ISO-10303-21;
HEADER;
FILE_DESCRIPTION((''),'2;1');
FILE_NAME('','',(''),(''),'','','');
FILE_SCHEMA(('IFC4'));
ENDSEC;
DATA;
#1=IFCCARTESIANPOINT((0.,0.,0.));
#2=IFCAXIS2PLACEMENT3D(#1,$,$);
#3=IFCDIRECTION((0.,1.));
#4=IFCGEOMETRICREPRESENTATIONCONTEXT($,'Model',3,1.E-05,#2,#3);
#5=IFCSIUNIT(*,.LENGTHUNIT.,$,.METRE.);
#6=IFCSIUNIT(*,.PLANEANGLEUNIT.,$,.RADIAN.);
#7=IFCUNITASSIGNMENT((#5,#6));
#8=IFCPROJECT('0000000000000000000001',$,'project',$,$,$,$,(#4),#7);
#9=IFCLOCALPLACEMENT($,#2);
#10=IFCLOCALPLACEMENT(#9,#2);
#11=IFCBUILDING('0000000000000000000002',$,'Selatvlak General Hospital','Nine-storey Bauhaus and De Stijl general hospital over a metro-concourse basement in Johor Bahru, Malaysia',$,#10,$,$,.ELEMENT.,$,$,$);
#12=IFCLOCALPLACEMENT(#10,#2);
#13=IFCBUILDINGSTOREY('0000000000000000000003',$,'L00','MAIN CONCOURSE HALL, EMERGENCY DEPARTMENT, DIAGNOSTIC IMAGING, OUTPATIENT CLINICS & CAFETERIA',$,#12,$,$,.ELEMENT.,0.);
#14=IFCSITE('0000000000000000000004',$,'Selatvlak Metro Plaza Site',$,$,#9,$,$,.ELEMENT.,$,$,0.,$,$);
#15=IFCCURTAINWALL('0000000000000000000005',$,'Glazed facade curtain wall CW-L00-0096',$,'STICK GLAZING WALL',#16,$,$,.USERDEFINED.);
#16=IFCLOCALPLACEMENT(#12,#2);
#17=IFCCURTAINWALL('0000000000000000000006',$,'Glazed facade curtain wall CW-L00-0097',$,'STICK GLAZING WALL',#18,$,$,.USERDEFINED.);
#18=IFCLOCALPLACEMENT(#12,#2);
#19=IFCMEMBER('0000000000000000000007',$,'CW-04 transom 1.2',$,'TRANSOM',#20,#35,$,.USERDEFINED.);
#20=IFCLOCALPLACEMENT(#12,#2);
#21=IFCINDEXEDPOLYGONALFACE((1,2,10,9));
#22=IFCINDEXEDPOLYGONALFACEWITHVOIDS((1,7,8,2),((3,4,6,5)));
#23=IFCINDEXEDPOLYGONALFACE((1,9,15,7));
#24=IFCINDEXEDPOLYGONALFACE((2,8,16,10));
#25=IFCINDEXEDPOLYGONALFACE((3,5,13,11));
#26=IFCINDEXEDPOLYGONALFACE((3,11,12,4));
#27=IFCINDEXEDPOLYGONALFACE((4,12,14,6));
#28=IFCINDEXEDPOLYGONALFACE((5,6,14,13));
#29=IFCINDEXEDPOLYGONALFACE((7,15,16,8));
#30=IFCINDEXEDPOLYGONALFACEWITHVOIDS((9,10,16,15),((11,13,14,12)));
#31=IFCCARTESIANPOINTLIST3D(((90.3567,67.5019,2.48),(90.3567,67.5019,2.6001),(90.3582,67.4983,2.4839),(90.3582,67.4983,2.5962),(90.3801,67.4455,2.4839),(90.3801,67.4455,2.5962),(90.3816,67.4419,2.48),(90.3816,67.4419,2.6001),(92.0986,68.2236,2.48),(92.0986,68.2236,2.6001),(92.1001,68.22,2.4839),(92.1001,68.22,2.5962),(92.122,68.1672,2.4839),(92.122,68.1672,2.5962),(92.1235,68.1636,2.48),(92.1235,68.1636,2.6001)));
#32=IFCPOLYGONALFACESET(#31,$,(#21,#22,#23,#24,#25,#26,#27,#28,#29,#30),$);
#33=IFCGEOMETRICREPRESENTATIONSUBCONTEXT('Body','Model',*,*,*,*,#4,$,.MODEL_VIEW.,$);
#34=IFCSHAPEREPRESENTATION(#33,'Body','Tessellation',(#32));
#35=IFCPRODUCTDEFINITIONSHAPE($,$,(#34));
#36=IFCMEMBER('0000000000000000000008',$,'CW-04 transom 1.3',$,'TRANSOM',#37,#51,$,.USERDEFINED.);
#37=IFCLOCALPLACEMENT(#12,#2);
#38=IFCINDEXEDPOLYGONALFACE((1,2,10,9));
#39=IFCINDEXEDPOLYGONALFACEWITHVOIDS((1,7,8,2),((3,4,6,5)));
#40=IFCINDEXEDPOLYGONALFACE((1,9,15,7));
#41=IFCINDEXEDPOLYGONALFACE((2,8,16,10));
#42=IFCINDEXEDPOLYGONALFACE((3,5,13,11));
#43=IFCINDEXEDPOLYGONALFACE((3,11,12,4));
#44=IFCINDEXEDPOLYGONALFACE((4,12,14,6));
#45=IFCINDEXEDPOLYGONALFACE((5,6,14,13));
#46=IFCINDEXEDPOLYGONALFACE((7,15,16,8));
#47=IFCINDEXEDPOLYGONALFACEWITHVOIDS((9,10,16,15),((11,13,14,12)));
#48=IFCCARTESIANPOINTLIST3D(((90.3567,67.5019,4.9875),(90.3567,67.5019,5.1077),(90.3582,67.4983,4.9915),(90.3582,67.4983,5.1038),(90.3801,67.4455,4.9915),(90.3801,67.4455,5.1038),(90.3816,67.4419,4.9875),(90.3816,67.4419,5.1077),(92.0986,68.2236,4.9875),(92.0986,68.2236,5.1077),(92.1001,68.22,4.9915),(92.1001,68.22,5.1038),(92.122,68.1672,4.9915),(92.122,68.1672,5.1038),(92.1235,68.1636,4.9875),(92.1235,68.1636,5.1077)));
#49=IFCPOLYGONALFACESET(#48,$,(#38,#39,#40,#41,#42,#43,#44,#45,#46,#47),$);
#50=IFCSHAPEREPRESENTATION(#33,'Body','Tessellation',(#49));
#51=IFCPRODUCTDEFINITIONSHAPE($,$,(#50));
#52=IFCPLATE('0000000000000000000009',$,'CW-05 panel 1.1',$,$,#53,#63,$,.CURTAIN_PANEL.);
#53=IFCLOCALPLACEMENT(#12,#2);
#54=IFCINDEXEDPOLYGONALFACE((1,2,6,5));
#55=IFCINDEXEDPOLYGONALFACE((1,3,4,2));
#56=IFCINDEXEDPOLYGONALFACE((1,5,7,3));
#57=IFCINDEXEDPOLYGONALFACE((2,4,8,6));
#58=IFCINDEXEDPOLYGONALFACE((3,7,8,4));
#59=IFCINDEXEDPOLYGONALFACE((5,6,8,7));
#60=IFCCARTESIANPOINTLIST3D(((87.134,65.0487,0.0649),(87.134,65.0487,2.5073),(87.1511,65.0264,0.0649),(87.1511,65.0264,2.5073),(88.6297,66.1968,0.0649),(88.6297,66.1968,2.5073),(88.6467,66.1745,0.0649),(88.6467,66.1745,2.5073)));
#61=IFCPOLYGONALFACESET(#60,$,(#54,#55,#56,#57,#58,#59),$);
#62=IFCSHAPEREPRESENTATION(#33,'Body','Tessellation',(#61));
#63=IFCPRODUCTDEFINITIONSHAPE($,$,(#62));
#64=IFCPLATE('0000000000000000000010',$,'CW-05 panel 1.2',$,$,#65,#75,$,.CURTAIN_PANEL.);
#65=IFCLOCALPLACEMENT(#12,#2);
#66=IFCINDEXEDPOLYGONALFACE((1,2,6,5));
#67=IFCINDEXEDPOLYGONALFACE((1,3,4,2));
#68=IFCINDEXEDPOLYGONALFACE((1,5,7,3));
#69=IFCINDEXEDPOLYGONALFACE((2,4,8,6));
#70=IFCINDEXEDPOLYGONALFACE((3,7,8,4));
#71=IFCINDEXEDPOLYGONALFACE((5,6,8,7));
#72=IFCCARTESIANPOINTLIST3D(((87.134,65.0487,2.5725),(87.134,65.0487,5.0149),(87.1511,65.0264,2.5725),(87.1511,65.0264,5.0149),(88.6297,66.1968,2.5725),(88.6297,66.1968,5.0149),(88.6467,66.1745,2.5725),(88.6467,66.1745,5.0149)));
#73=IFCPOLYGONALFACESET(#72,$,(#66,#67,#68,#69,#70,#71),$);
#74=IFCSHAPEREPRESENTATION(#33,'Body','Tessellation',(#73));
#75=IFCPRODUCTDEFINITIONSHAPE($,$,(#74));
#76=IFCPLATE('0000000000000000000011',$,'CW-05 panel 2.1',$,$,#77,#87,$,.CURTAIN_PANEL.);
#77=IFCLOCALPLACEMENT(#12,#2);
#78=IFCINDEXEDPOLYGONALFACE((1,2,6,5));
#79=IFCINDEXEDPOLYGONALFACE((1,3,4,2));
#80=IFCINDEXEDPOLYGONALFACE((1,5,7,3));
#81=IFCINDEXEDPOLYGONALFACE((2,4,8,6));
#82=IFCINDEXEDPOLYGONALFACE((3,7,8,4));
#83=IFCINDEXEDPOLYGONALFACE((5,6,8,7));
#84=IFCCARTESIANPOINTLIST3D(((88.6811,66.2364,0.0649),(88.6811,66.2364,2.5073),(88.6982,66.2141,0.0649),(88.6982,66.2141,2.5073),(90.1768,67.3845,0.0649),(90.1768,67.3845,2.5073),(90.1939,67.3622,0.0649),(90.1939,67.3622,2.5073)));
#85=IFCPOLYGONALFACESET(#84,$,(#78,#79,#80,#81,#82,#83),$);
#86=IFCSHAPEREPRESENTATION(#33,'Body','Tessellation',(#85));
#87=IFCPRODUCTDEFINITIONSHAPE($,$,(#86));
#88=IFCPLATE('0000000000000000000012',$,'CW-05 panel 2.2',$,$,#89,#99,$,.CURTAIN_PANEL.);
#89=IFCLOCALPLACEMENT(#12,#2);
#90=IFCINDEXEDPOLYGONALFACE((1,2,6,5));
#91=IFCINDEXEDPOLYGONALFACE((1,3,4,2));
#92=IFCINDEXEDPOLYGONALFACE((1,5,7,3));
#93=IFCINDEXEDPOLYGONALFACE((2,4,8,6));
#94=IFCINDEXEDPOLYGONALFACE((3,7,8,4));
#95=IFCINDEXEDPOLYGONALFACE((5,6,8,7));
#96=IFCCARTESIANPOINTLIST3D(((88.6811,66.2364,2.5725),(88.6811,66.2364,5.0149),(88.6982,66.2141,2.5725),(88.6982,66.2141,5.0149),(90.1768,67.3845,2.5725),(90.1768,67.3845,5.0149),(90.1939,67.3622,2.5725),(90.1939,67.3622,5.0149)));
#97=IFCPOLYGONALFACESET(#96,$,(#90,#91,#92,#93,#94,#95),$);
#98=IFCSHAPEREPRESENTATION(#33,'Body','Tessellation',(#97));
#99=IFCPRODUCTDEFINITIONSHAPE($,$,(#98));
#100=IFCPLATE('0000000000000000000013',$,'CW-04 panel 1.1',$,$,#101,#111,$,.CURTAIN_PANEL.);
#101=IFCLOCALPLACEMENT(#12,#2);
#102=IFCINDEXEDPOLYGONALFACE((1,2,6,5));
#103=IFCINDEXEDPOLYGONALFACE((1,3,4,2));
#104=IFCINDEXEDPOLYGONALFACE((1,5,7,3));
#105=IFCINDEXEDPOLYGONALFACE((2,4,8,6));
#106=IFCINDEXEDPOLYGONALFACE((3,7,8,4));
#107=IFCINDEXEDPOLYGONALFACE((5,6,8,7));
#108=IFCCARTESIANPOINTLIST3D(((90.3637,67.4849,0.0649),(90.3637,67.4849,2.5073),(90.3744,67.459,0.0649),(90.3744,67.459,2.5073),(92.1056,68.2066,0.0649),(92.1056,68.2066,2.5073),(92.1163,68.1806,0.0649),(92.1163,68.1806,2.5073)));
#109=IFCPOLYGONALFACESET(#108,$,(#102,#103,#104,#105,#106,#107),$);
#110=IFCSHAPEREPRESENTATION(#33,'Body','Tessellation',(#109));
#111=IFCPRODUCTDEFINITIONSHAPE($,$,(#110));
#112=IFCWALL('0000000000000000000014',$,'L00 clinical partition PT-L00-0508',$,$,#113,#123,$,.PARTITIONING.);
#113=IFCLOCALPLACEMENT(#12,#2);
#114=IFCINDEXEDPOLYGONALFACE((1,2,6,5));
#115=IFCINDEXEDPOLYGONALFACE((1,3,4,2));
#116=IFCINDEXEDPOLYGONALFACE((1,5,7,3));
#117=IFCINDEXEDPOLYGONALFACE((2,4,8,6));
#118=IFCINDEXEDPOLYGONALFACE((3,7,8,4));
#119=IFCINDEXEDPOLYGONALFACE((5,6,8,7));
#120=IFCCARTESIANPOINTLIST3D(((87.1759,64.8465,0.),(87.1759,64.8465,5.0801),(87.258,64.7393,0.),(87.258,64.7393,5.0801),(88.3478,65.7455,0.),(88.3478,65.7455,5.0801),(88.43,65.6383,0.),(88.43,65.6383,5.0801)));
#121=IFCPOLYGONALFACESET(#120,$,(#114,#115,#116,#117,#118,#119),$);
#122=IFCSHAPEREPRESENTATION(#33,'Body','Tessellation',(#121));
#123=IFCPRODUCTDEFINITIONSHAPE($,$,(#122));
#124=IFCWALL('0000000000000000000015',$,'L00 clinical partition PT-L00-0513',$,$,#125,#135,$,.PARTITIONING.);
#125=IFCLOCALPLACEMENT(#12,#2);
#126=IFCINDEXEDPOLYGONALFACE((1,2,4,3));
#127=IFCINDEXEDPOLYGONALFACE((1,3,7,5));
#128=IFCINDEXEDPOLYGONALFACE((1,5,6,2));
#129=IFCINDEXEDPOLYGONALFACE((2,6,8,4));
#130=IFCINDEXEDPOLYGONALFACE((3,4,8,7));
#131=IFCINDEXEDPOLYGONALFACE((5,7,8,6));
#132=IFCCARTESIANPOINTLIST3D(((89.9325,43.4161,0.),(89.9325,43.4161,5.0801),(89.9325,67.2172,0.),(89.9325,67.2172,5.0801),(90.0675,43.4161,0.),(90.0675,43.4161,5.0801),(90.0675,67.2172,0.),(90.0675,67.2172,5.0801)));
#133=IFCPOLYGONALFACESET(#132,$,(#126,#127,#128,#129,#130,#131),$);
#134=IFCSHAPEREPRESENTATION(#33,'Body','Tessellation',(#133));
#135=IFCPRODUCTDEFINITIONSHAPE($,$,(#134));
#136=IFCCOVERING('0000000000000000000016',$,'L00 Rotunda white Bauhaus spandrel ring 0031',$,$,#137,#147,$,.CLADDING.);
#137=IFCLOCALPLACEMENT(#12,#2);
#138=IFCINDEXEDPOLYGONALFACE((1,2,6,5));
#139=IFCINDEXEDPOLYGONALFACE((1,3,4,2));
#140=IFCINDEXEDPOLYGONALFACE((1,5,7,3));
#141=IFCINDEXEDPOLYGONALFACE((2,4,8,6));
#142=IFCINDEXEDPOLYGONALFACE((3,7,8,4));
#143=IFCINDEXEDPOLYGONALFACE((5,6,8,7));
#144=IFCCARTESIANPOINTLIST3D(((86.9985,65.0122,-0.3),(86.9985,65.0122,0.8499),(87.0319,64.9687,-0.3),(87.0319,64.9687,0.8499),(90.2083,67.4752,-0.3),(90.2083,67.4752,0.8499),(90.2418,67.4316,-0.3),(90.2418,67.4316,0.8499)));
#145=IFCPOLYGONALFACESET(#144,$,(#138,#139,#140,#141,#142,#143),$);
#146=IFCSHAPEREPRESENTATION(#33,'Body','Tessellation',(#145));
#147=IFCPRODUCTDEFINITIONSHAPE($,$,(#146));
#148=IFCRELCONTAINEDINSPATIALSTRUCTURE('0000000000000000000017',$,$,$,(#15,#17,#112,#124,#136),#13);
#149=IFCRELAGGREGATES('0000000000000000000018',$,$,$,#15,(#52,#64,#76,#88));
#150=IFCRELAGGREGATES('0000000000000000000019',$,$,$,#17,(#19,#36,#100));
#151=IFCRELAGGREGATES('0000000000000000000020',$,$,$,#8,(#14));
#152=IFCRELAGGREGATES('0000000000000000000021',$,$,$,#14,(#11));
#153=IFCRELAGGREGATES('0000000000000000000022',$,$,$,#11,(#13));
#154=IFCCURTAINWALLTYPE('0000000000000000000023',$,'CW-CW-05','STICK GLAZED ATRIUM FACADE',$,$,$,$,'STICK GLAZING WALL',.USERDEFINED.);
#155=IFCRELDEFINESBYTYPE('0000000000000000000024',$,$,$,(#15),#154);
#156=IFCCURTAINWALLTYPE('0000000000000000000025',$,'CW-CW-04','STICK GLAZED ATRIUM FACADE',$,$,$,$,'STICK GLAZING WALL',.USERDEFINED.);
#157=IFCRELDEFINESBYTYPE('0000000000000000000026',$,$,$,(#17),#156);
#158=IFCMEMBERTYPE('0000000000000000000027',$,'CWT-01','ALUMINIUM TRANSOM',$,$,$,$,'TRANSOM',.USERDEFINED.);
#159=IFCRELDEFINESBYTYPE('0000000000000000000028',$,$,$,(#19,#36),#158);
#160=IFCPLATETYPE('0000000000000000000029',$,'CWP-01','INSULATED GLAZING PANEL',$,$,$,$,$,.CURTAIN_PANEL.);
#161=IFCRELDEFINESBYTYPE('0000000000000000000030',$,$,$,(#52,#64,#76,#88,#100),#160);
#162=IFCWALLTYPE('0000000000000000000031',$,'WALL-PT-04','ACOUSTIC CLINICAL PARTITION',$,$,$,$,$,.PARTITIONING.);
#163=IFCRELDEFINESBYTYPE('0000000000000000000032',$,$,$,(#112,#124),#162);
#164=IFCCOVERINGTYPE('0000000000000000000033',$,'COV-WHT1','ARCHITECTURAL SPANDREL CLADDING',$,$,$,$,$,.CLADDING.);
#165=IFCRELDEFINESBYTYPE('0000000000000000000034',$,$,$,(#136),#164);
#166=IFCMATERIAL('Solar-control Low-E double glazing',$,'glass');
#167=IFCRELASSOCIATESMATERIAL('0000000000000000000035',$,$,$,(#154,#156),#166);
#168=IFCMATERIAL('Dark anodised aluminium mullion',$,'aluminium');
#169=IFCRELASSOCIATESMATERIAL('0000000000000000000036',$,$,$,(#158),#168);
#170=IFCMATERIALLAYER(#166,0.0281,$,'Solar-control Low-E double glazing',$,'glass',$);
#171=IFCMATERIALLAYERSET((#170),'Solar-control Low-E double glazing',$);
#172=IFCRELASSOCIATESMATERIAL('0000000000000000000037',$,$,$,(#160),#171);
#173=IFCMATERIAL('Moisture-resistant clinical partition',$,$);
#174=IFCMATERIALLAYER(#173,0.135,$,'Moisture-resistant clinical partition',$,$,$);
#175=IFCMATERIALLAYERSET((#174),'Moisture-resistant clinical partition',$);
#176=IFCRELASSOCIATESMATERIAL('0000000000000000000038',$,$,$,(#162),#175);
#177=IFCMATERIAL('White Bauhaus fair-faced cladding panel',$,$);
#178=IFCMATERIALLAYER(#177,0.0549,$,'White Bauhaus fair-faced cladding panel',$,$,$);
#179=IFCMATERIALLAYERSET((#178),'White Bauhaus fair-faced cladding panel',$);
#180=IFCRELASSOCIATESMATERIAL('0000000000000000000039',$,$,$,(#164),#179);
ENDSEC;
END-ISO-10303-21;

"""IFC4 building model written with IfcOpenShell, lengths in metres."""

from ifc_helpers import new_model, si_unit, direction, frame, frame_2d, origin, origin_2d, place, context, subcontext, project, spatial, rectangle, hollow_rectangle, extrude, material, layer, layer_set, material_profile, profile_set, type_object, element, aggregate, save


model = new_model("IFC4")

# Units and contexts
model_context = context("Model", 3, precision=1e-05, world=origin(), true_north=direction((0.0, 1.0)))
body_context = subcontext(model_context, "Body", "Model", "MODEL_VIEW")
ifc_project = project(units=[si_unit("LENGTHUNIT", "METRE"), si_unit("PLANEANGLEUNIT", "RADIAN")], contexts=[model_context])

# Site, building, storey
site_placement = place(None, origin())
site = spatial("IfcSite", under=ifc_project, at=site_placement, Name="Selatvlak Metro Plaza Site", CompositionType="ELEMENT", RefElevation=0.0)
building_placement = place(site_placement, origin())
building = spatial("IfcBuilding", under=site, at=building_placement, Name="Selatvlak General Hospital", Description="Nine-storey Bauhaus and De Stijl general hospital over a metro-concourse basement in Johor Bahru, Malaysia", CompositionType="ELEMENT")
storey_placement = place(building_placement, origin())
storey = spatial("IfcBuildingStorey", under=building, at=storey_placement, Name="L00", Description="MAIN CONCOURSE HALL, EMERGENCY DEPARTMENT, DIAGNOSTIC IMAGING, OUTPATIENT CLINICS & CAFETERIA", CompositionType="ELEMENT", Elevation=0.0)

# Curtain wall
ifc_material_1 = material(Name="Solar-control Low-E double glazing", Category="glass")
curtain_wall_type_1 = type_object("IfcCurtainWallType", Name="CW-CW-05", Description="STICK GLAZED ATRIUM FACADE", ElementType="STICK GLAZING WALL", PredefinedType="USERDEFINED", material=ifc_material_1)
curtain_wall_1_placement = place(storey_placement, origin())
curtain_wall_1 = element("IfcCurtainWall", 1, at=curtain_wall_1_placement, inside=storey, type_object=curtain_wall_type_1, Name="Glazed facade curtain wall CW-L00-0096", ObjectType="STICK GLAZING WALL", PredefinedType="USERDEFINED")
ifc_material_2 = material(Name="Dark anodised aluminium mullion", Category="aluminium")

# Curtain wall
curtain_wall_type_2 = type_object("IfcCurtainWallType", Name="CW-CW-04", Description="STICK GLAZED ATRIUM FACADE", ElementType="STICK GLAZING WALL", PredefinedType="USERDEFINED", material=ifc_material_1)
curtain_wall_2_placement = place(storey_placement, origin())
curtain_wall_2 = element("IfcCurtainWall", 2, at=curtain_wall_2_placement, inside=storey, type_object=curtain_wall_type_2, Name="Glazed facade curtain wall CW-L00-0097", ObjectType="STICK GLAZING WALL", PredefinedType="USERDEFINED")

# Members
ifc_material_profile_1 = material_profile(ifc_material_2, hollow_rectangle(XDim=0.0649, YDim=0.1201, WallThickness=0.0039, at=origin_2d()), Name="AL-TRN 65x120x4")
ifc_profile_set_1 = profile_set([ifc_material_profile_1], Name="Dark anodised aluminium mullion")
member_type_1 = type_object("IfcMemberType", Name="CWT-01", Description="ALUMINIUM TRANSOM", ElementType="TRANSOM", PredefinedType="USERDEFINED", material=ifc_profile_set_1)
member_1_placement = place(storey_placement, frame((90.3691, 67.4719, 2.54), z_axis=(0.923853, 0.382748, 0.0), x_axis=(-0.382748, 0.923853, 0.0)))
member_1 = element("IfcMember", 3, at=member_1_placement, type_object=member_type_1, Name="CW-04 transom 1.2", ObjectType="TRANSOM", PredefinedType="USERDEFINED", context=body_context, shape_type="SweptSolid", body=[
    extrude(hollow_rectangle(XDim=0.0649, YDim=0.1201, WallThickness=0.0039, at=origin_2d()), origin(), (0.0, 0.0, 1.0), 1.8855),
])
member_2_placement = place(storey_placement, frame((90.3691, 67.4719, 5.0476), z_axis=(0.923853, 0.382748, 0.0), x_axis=(-0.382748, 0.923853, 0.0)))
member_2 = element("IfcMember", 4, at=member_2_placement, type_object=member_type_1, Name="CW-04 transom 1.3", ObjectType="TRANSOM", PredefinedType="USERDEFINED", context=body_context, shape_type="SweptSolid", body=[
    extrude(hollow_rectangle(XDim=0.0649, YDim=0.1201, WallThickness=0.0039, at=origin_2d()), origin(), (0.0, 0.0, 1.0), 1.8855),
])

# Plates
ifc_layer_1 = layer(ifc_material_1, 0.0281, Name="Solar-control Low-E double glazing", Category="glass")
ifc_layer_set_1 = layer_set([ifc_layer_1], Name="Solar-control Low-E double glazing")
plate_type = type_object("IfcPlateType", Name="CWP-01", Description="INSULATED GLAZING PANEL", PredefinedType="CURTAIN_PANEL", material=ifc_layer_set_1)
plate_1_placement = place(storey_placement, frame((87.8904, 65.6116, 0.0649), z_axis=(0.0, 0.0, 1.0), x_axis=(0.793233, 0.608918, 0.0)))
plate_1 = element("IfcPlate", 5, at=plate_1_placement, type_object=plate_type, Name="CW-05 panel 1.1", PredefinedType="CURTAIN_PANEL", context=body_context, shape_type="SweptSolid", body=[
    extrude(rectangle(XDim=1.8855, YDim=0.0281, at=origin_2d()), origin(), (0.0, 0.0, 1.0), 2.4424),
])
plate_2_placement = place(storey_placement, frame((87.8904, 65.6116, 2.5725), z_axis=(0.0, 0.0, 1.0), x_axis=(0.793233, 0.608918, 0.0)))
plate_2 = element("IfcPlate", 6, at=plate_2_placement, type_object=plate_type, Name="CW-05 panel 1.2", PredefinedType="CURTAIN_PANEL", context=body_context, shape_type="SweptSolid", body=[
    extrude(rectangle(XDim=1.8855, YDim=0.0281, at=origin_2d()), origin(), (0.0, 0.0, 1.0), 2.4424),
])
plate_3_placement = place(storey_placement, frame((89.4375, 66.7993, 0.0649), z_axis=(0.0, 0.0, 1.0), x_axis=(0.793233, 0.608918, 0.0)))
plate_3 = element("IfcPlate", 7, at=plate_3_placement, type_object=plate_type, Name="CW-05 panel 2.1", PredefinedType="CURTAIN_PANEL", context=body_context, shape_type="SweptSolid", body=[
    extrude(rectangle(XDim=1.8855, YDim=0.0281, at=origin_2d()), origin(), (0.0, 0.0, 1.0), 2.4424),
])
plate_4_placement = place(storey_placement, frame((89.4375, 66.7993, 2.5725), z_axis=(0.0, 0.0, 1.0), x_axis=(0.793233, 0.608918, 0.0)))
plate_4 = element("IfcPlate", 8, at=plate_4_placement, type_object=plate_type, Name="CW-05 panel 2.2", PredefinedType="CURTAIN_PANEL", context=body_context, shape_type="SweptSolid", body=[
    extrude(rectangle(XDim=1.8855, YDim=0.0281, at=origin_2d()), origin(), (0.0, 0.0, 1.0), 2.4424),
])
aggregate(curtain_wall_1, [plate_1, plate_2, plate_3, plate_4])
plate_5_placement = place(storey_placement, frame((91.24, 67.8328, 0.0649), z_axis=(0.0, 0.0, 1.0), x_axis=(0.923851, 0.382753, 0.0)))
plate_5 = element("IfcPlate", 9, at=plate_5_placement, type_object=plate_type, Name="CW-04 panel 1.1", PredefinedType="CURTAIN_PANEL", context=body_context, shape_type="SweptSolid", body=[
    extrude(rectangle(XDim=1.8855, YDim=0.0281, at=origin_2d()), origin(), (0.0, 0.0, 1.0), 2.4424),
])
aggregate(curtain_wall_2, [member_1, member_2, plate_5])

# Walls
ifc_material_3 = material(Name="Moisture-resistant clinical partition")
ifc_layer_2 = layer(ifc_material_3, 0.135, Name="Moisture-resistant clinical partition")
ifc_layer_set_2 = layer_set([ifc_layer_2], Name="Moisture-resistant clinical partition")
wall_type = type_object("IfcWallType", Name="WALL-PT-04", Description="ACOUSTIC CLINICAL PARTITION", PredefinedType="PARTITIONING", material=ifc_layer_set_2)
wall_1_placement = place(storey_placement, frame((88.3889, 65.6919, 0.0), z_axis=(0.0, 0.0, 1.0), x_axis=(-0.793447, -0.60864, 0.0)))
element("IfcWall", 10, at=wall_1_placement, inside=storey, type_object=wall_type, Name="L00 clinical partition PT-L00-0508", PredefinedType="PARTITIONING", context=body_context, shape_type="SweptSolid", body=[
    extrude(rectangle(XDim=1.4771, YDim=0.135, at=frame_2d((0.7385, 0.0))), origin(), (0.0, 0.0, 1.0), 5.0801),
])
wall_2_placement = place(storey_placement, frame((90.0, 67.217, 0.0), z_axis=(0.0, 0.0, 1.0), x_axis=(0.0, -1.0, 0.0)))
element("IfcWall", 11, at=wall_2_placement, inside=storey, type_object=wall_type, Name="L00 clinical partition PT-L00-0513", PredefinedType="PARTITIONING", context=body_context, shape_type="SweptSolid", body=[
    extrude(rectangle(XDim=23.801, YDim=0.135, at=frame_2d((11.9004, 0.0))), origin(), (0.0, 0.0, 1.0), 5.0801),
])

# Covering
ifc_material_4 = material(Name="White Bauhaus fair-faced cladding panel")
ifc_layer_3 = layer(ifc_material_4, 0.0549, Name="White Bauhaus fair-faced cladding panel")
ifc_layer_set_3 = layer_set([ifc_layer_3], Name="White Bauhaus fair-faced cladding panel")
covering_type = type_object("IfcCoveringType", Name="COV-WHT1", Description="ARCHITECTURAL SPANDREL CLADDING", PredefinedType="CLADDING", material=ifc_layer_set_3)
covering_placement = place(storey_placement, frame((88.6201, 66.2219, -0.3), z_axis=(0.0, 0.0, 1.0), x_axis=(0.793364, 0.608748, 0.0)))
element("IfcCovering", 12, at=covering_placement, inside=storey, type_object=covering_type, Name="L00 Rotunda white Bauhaus spandrel ring 0031", PredefinedType="CLADDING", context=body_context, shape_type="SweptSolid", body=[
    extrude(rectangle(XDim=4.0459, YDim=0.0549, at=origin_2d()), origin(), (0.0, 0.0, 1.0), 1.1499),
])

save(model, "model.ifc")
